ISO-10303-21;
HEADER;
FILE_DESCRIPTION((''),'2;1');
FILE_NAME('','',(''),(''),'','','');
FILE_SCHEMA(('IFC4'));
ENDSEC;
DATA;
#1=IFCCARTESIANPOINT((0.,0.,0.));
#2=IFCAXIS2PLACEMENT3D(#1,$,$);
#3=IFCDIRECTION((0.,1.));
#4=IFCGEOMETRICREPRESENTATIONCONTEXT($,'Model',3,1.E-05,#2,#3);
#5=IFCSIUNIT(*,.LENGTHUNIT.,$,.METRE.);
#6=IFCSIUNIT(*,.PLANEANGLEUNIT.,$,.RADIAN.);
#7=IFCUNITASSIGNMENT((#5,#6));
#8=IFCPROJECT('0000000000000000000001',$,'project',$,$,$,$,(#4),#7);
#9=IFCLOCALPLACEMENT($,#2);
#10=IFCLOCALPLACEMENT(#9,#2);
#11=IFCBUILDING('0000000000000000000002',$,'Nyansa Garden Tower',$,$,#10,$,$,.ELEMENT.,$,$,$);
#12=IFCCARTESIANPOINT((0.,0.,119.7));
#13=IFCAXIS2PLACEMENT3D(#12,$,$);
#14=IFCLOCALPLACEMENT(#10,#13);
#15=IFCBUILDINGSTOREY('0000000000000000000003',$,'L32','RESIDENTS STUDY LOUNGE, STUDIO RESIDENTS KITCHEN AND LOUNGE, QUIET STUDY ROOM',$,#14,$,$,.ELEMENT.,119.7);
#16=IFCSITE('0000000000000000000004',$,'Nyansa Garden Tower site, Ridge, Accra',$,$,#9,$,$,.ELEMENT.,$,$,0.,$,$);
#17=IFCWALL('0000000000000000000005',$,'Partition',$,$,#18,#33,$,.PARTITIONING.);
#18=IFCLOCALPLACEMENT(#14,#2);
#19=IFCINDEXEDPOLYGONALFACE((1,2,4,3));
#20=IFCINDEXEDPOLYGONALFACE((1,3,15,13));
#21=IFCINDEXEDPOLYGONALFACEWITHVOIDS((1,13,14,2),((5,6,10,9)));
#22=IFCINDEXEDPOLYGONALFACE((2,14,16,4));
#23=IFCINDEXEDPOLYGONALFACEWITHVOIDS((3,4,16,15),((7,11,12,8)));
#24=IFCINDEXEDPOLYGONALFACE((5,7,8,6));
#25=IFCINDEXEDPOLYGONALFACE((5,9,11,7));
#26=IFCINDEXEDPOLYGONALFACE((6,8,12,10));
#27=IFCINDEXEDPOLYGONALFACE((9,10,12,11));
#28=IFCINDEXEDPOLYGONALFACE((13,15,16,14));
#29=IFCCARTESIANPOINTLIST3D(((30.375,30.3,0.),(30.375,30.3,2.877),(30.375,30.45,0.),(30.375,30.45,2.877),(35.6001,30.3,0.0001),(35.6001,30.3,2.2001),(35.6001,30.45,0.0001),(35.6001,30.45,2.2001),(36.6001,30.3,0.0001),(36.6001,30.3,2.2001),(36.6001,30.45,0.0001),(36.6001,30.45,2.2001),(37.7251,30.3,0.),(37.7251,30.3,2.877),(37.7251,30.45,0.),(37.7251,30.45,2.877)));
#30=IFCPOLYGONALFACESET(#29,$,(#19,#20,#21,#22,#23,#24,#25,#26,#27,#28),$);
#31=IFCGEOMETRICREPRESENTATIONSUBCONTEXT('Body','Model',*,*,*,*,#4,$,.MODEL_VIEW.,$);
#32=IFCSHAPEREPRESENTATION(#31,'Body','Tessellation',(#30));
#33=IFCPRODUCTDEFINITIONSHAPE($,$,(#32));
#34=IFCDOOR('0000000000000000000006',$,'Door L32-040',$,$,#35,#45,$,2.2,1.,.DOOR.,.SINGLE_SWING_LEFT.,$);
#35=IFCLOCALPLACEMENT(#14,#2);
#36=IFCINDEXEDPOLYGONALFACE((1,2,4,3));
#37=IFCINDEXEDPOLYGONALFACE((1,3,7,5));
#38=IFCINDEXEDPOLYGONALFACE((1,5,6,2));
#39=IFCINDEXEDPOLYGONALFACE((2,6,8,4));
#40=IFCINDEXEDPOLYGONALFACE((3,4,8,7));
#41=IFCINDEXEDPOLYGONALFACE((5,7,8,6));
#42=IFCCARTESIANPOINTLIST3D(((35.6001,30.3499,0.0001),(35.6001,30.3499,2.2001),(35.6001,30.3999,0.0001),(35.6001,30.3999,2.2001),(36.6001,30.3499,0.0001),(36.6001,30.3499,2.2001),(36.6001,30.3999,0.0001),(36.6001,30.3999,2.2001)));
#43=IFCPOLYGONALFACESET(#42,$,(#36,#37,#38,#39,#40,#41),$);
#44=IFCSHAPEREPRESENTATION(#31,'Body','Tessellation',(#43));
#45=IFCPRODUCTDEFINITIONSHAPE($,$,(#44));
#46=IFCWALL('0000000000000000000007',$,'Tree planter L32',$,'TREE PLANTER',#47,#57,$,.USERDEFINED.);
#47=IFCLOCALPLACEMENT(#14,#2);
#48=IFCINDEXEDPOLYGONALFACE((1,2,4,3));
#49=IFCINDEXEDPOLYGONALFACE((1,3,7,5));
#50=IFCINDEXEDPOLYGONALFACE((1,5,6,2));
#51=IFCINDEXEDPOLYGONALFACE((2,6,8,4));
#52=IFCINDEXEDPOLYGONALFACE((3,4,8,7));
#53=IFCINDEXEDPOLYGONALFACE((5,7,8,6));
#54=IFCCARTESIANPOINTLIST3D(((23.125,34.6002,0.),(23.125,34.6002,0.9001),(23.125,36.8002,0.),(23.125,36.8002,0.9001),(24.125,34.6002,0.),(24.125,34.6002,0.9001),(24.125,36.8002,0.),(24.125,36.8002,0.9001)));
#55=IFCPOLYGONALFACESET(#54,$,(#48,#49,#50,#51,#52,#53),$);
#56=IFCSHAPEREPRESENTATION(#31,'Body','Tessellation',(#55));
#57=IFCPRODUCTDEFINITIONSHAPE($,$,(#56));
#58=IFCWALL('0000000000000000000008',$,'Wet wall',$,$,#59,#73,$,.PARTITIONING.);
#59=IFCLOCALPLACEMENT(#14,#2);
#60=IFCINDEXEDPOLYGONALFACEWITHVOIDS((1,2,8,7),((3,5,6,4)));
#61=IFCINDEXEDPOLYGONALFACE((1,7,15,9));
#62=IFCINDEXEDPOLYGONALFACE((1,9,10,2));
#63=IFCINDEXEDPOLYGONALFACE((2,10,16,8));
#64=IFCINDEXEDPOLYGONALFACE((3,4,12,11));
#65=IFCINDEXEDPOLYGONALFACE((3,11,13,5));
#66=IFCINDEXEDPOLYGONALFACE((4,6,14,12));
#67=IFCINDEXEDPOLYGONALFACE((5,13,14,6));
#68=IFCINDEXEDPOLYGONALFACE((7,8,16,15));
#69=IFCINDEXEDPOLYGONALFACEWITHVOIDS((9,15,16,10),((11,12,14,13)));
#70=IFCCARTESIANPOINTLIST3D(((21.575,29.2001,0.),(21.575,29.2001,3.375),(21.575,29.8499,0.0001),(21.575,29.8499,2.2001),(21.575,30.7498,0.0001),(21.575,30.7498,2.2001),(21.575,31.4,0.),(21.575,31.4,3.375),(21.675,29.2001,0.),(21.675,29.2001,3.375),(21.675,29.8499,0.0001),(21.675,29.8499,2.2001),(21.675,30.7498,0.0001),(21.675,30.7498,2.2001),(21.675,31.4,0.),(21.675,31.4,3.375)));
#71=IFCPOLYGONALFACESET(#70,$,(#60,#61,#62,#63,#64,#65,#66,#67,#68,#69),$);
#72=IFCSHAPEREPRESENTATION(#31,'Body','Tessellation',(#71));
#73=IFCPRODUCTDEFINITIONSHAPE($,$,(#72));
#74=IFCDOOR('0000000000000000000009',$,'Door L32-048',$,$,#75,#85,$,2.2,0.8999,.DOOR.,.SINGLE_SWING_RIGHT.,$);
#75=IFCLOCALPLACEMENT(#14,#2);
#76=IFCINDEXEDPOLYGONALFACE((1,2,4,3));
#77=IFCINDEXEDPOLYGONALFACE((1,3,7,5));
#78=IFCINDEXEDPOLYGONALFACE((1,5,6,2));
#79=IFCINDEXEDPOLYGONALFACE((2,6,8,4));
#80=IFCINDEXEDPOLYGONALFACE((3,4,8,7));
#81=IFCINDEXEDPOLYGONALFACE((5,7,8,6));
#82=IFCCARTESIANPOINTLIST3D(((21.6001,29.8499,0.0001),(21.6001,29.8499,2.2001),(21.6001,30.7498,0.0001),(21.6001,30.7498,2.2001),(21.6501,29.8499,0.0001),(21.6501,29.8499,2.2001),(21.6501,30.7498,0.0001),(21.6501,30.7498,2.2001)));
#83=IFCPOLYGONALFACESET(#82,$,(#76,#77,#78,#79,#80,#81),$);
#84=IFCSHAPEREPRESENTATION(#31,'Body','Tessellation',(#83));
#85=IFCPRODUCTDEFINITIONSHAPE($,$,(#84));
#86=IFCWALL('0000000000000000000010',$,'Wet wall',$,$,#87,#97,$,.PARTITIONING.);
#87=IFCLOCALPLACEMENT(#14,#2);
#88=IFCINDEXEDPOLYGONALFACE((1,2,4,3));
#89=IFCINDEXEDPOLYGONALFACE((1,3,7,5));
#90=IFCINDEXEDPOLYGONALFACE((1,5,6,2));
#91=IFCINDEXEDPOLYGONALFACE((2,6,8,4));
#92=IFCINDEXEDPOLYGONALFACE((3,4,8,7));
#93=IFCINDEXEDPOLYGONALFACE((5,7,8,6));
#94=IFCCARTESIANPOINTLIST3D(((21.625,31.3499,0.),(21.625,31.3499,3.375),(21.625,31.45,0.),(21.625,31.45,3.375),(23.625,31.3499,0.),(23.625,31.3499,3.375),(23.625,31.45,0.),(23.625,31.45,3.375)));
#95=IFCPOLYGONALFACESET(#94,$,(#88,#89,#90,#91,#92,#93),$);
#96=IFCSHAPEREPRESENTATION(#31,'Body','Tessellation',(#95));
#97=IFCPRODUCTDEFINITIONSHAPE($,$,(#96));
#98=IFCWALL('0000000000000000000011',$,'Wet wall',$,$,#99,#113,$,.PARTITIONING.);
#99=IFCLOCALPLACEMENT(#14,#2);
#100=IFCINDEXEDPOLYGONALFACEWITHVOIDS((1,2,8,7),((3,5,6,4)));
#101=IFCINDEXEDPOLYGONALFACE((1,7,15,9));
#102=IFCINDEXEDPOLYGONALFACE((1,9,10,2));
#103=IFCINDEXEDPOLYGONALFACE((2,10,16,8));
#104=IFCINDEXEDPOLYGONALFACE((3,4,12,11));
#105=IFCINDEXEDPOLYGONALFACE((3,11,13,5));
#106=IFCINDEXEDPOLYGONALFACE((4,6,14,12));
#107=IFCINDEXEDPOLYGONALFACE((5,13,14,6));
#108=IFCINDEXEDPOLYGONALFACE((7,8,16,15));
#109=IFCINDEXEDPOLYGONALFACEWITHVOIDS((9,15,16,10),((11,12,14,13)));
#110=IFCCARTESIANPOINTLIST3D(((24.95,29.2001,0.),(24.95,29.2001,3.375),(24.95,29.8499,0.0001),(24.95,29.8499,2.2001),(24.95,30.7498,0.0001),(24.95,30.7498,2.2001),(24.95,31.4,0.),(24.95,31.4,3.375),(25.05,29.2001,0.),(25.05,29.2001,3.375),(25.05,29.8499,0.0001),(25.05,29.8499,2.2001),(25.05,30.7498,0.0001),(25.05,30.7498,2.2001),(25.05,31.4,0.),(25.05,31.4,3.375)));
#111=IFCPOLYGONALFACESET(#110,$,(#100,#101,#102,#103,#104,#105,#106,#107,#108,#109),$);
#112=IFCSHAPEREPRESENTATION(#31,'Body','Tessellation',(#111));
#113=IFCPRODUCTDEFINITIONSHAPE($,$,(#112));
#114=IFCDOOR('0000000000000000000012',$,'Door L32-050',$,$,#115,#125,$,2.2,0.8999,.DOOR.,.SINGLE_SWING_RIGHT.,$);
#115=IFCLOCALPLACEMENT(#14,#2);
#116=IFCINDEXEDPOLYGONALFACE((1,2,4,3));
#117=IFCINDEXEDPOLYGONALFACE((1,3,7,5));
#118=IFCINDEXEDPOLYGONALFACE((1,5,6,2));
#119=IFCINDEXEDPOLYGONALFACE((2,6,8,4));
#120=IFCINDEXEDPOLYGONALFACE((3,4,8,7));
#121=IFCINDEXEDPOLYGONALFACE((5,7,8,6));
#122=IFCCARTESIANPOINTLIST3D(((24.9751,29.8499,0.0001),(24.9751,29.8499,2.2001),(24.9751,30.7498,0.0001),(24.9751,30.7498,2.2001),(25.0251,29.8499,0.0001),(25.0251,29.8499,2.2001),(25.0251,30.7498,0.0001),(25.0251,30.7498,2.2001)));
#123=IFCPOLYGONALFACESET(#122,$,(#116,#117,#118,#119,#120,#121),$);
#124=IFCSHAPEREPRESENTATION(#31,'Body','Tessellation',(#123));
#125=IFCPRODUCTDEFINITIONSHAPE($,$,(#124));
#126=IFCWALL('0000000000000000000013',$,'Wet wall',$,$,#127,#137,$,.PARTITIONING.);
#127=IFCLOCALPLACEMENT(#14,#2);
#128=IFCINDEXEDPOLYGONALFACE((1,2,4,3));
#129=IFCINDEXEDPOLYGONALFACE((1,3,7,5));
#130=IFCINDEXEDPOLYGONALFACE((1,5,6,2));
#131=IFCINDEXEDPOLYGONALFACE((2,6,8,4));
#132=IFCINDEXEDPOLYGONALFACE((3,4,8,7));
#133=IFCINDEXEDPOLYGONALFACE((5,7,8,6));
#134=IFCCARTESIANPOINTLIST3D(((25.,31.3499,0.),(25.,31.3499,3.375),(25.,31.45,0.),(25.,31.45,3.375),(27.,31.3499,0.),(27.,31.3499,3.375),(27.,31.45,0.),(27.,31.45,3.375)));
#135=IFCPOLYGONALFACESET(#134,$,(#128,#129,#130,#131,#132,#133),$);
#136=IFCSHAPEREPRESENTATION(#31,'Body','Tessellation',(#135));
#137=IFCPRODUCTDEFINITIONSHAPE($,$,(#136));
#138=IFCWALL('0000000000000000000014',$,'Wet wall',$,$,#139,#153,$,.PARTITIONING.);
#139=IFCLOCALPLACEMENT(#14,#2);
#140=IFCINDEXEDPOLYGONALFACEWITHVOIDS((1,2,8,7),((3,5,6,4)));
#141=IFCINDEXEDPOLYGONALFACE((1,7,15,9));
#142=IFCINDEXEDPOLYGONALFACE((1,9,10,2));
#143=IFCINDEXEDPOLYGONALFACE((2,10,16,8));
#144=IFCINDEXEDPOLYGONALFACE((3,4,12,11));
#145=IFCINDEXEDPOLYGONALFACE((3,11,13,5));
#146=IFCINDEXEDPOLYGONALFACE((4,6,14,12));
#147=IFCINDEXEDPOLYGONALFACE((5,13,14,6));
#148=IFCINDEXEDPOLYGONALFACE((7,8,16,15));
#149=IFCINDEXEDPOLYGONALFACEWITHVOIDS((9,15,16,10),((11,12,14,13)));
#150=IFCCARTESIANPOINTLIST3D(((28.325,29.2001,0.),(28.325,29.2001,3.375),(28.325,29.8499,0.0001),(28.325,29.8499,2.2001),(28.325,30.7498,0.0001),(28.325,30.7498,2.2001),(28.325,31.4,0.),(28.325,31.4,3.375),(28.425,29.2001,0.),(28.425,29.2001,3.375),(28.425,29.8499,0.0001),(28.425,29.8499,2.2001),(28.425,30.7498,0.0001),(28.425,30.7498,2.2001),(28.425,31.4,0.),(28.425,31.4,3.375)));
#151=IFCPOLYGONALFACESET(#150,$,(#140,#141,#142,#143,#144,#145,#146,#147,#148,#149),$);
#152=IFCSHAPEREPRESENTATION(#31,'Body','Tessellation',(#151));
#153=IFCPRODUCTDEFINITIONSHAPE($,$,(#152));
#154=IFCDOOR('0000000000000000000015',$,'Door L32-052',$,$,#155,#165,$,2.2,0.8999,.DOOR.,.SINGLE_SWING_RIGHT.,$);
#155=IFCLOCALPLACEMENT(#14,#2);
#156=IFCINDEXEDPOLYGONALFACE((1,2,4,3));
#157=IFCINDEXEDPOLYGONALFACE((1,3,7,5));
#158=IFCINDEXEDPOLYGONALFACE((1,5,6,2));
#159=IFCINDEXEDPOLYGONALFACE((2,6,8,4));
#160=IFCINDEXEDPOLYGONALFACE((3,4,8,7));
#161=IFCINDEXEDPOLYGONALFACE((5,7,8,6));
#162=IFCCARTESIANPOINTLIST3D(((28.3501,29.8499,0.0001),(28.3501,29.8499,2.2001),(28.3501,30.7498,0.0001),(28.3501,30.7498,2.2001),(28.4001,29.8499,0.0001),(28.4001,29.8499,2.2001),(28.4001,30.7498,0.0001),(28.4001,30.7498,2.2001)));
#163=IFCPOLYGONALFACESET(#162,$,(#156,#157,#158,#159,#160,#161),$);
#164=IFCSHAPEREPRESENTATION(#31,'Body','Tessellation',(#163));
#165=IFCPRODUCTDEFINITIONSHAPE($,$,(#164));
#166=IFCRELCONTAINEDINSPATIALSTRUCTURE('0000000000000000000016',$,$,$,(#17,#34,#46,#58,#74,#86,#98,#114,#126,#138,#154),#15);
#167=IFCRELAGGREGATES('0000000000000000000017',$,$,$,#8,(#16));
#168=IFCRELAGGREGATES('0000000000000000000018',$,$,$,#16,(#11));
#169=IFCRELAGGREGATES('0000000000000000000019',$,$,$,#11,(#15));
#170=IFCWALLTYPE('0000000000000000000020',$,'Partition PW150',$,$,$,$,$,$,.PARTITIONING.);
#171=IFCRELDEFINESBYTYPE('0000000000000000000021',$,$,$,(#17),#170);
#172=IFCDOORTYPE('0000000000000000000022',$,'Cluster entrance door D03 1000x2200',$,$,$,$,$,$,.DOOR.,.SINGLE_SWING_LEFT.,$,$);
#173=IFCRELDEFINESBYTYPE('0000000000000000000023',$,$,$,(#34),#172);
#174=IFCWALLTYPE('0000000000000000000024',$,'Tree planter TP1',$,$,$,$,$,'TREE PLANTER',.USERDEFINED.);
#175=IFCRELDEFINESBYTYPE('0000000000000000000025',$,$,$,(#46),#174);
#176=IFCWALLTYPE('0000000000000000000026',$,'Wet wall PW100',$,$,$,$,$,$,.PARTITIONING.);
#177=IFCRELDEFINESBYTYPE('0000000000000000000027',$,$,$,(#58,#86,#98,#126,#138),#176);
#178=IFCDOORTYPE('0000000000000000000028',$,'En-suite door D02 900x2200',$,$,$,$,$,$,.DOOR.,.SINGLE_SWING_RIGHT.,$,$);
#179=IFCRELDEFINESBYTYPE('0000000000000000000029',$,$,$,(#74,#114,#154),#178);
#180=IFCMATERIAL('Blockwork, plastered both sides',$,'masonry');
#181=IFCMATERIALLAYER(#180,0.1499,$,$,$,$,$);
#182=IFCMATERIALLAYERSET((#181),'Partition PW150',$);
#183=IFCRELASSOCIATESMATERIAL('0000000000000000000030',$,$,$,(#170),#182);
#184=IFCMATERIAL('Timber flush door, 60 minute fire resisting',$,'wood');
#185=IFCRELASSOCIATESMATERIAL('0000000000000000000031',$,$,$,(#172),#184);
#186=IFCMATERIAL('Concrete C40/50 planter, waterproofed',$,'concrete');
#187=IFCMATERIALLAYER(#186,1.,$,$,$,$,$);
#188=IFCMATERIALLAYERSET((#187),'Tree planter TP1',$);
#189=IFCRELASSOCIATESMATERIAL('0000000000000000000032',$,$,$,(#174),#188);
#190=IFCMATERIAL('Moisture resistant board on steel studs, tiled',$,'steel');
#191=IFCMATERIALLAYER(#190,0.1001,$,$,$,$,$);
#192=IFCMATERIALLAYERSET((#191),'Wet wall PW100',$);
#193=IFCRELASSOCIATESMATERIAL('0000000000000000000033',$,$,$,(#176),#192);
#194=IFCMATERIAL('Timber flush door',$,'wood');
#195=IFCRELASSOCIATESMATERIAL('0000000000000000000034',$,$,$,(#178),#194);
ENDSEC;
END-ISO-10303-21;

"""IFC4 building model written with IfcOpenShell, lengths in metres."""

from ifc_helpers import new_model, si_unit, direction, frame, frame_2d, origin, place, context, subcontext, project, spatial, rectangle, extrude, material, layer, layer_set, type_object, element, fill, save


model = new_model("IFC4")

# Units and contexts
model_context = context("Model", 3, precision=1e-05, world=origin(), true_north=direction((0.0, 1.0)))
body_context = subcontext(model_context, "Body", "Model", "MODEL_VIEW")
ifc_project = project(units=[si_unit("LENGTHUNIT", "METRE"), si_unit("PLANEANGLEUNIT", "RADIAN")], contexts=[model_context])

# Site, building, storey
site_placement = place(None, origin())
site = spatial("IfcSite", under=ifc_project, at=site_placement, Name="Nyansa Garden Tower site, Ridge, Accra", CompositionType="ELEMENT", RefElevation=0.0)
building_placement = place(site_placement, origin())
building = spatial("IfcBuilding", under=site, at=building_placement, Name="Nyansa Garden Tower", CompositionType="ELEMENT")
storey_placement = place(building_placement, frame((0.0, 0.0, 119.7)))
storey = spatial("IfcBuildingStorey", under=building, at=storey_placement, Name="L32", Description="RESIDENTS STUDY LOUNGE, STUDIO RESIDENTS KITCHEN AND LOUNGE, QUIET STUDY ROOM", CompositionType="ELEMENT", Elevation=119.7)

# Shared definitions
ifc_material_1 = material(Name="Blockwork, plastered both sides", Category="masonry")
ifc_layer_1 = layer(ifc_material_1, 0.1499)
ifc_layer_set_1 = layer_set([ifc_layer_1], Name="Partition PW150")
wall_type_1 = type_object("IfcWallType", Name="Partition PW150", PredefinedType="PARTITIONING", material=ifc_layer_set_1)

# Wall, opening, door
wall_1_placement = place(storey_placement, frame((30.375, 30.375, 0.0), z_axis=(0.0, 0.0, 1.0), x_axis=(1.0, 0.0, 0.0)))
wall_1 = element("IfcWall", 1, at=wall_1_placement, inside=storey, type_object=wall_type_1, Name="Partition", PredefinedType="PARTITIONING", context=body_context, shape_type="SweptSolid", body=[
    extrude(rectangle(XDim=7.3501, YDim=0.1499, at=frame_2d((3.675, 0.0))), origin(), (0.0, 0.0, 1.0), 2.877),
])
opening_1_placement = place(wall_1_placement, frame((5.2251, 0.0, 0.0)))
opening_1 = element("IfcOpeningElement", 2, at=opening_1_placement, cuts=wall_1, PredefinedType="OPENING", context=body_context, shape_type="SweptSolid", body=[
    extrude(rectangle(XDim=1.0, YDim=2.2, at=frame_2d((0.5, 1.1001))), frame((0.0, 0.085, 0.0), z_axis=(0.0, -1.0, 0.0), x_axis=(1.0, 0.0, 0.0)), (0.0, 0.0, 1.0), 0.1699),
])
ifc_material_2 = material(Name="Timber flush door, 60 minute fire resisting", Category="wood")
door_type_1 = type_object("IfcDoorType", Name="Cluster entrance door D03 1000x2200", OperationType="SINGLE_SWING_LEFT", PredefinedType="DOOR", material=ifc_material_2)
door_1_placement = place(opening_1_placement, origin())
door_1 = element("IfcDoor", 3, at=door_1_placement, inside=storey, type_object=door_type_1, Name="Door L32-040", OperationType="SINGLE_SWING_LEFT", OverallHeight=2.2, OverallWidth=1.0, PredefinedType="DOOR", context=body_context, shape_type="SweptSolid", body=[
    extrude(rectangle(XDim=1.0, YDim=2.2, at=frame_2d((0.5, 1.1001))), frame((0.0, 0.0249, 0.0), z_axis=(0.0, -1.0, 0.0), x_axis=(1.0, 0.0, 0.0)), (0.0, 0.0, 1.0), 0.05),
])
fill(opening_1, door_1)

# Wall
ifc_material_3 = material(Name="Concrete C40/50 planter, waterproofed", Category="concrete")
ifc_layer_2 = layer(ifc_material_3, 1.0)
ifc_layer_set_2 = layer_set([ifc_layer_2], Name="Tree planter TP1")
wall_type_2 = type_object("IfcWallType", Name="Tree planter TP1", ElementType="TREE PLANTER", PredefinedType="USERDEFINED", material=ifc_layer_set_2)
wall_2_placement = place(storey_placement, frame((23.625, 34.6001, 0.0), z_axis=(0.0, 0.0, 1.0), x_axis=(0.0, 1.0, 0.0)))
element("IfcWall", 4, at=wall_2_placement, inside=storey, type_object=wall_type_2, Name="Tree planter L32", ObjectType="TREE PLANTER", PredefinedType="USERDEFINED", context=body_context, shape_type="SweptSolid", body=[
    extrude(rectangle(XDim=2.2, YDim=1.0, at=frame_2d((1.1001, 0.0))), origin(), (0.0, 0.0, 1.0), 0.9001),
])

# Wall, opening, door
ifc_material_4 = material(Name="Moisture resistant board on steel studs, tiled", Category="steel")
ifc_layer_3 = layer(ifc_material_4, 0.1001)
ifc_layer_set_3 = layer_set([ifc_layer_3], Name="Wet wall PW100")
wall_type_3 = type_object("IfcWallType", Name="Wet wall PW100", PredefinedType="PARTITIONING", material=ifc_layer_set_3)
wall_3_placement = place(storey_placement, frame((21.625, 29.2, 0.0), z_axis=(0.0, 0.0, 1.0), x_axis=(0.0, 1.0, 0.0)))
wall_3 = element("IfcWall", 5, at=wall_3_placement, inside=storey, type_object=wall_type_3, Name="Wet wall", PredefinedType="PARTITIONING", context=body_context, shape_type="SweptSolid", body=[
    extrude(rectangle(XDim=2.2, YDim=0.1001, at=frame_2d((1.1001, 0.0))), origin(), (0.0, 0.0, 1.0), 3.375),
])
opening_2_placement = place(wall_3_placement, frame((0.6499, 0.0, 0.0)))
opening_2 = element("IfcOpeningElement", 6, at=opening_2_placement, cuts=wall_3, PredefinedType="OPENING", context=body_context, shape_type="SweptSolid", body=[
    extrude(rectangle(XDim=0.8999, YDim=2.2, at=frame_2d((0.45, 1.1001))), frame((0.0, 0.0601, 0.0), z_axis=(0.0, -1.0, 0.0), x_axis=(1.0, 0.0, 0.0)), (0.0, 0.0, 1.0), 0.1201),
])
ifc_material_5 = material(Name="Timber flush door", Category="wood")
door_type_2 = type_object("IfcDoorType", Name="En-suite door D02 900x2200", OperationType="SINGLE_SWING_RIGHT", PredefinedType="DOOR", material=ifc_material_5)
door_2_placement = place(opening_2_placement, origin())
door_2 = element("IfcDoor", 7, at=door_2_placement, inside=storey, type_object=door_type_2, Name="Door L32-048", OperationType="SINGLE_SWING_RIGHT", OverallHeight=2.2, OverallWidth=0.8999, PredefinedType="DOOR", context=body_context, shape_type="SweptSolid", body=[
    extrude(rectangle(XDim=0.8999, YDim=2.2, at=frame_2d((0.45, 1.1001))), frame((0.0, 0.0249, 0.0), z_axis=(0.0, -1.0, 0.0), x_axis=(1.0, 0.0, 0.0)), (0.0, 0.0, 1.0), 0.05),
])
fill(opening_2, door_2)

# Wall
wall_4_placement = place(storey_placement, frame((21.625, 31.3999, 0.0), z_axis=(0.0, 0.0, 1.0), x_axis=(1.0, 0.0, 0.0)))
element("IfcWall", 8, at=wall_4_placement, inside=storey, type_object=wall_type_3, Name="Wet wall", PredefinedType="PARTITIONING", context=body_context, shape_type="SweptSolid", body=[
    extrude(rectangle(XDim=2.0, YDim=0.1001, at=frame_2d((1.0, 0.0))), origin(), (0.0, 0.0, 1.0), 3.375),
])

# Wall, opening, door
wall_5_placement = place(storey_placement, frame((25.0, 29.2, 0.0), z_axis=(0.0, 0.0, 1.0), x_axis=(0.0, 1.0, 0.0)))
wall_5 = element("IfcWall", 9, at=wall_5_placement, inside=storey, type_object=wall_type_3, Name="Wet wall", PredefinedType="PARTITIONING", context=body_context, shape_type="SweptSolid", body=[
    extrude(rectangle(XDim=2.2, YDim=0.1001, at=frame_2d((1.1001, 0.0))), origin(), (0.0, 0.0, 1.0), 3.375),
])
opening_3_placement = place(wall_5_placement, frame((0.6499, 0.0, 0.0)))
opening_3 = element("IfcOpeningElement", 10, at=opening_3_placement, cuts=wall_5, PredefinedType="OPENING", context=body_context, shape_type="SweptSolid", body=[
    extrude(rectangle(XDim=0.8999, YDim=2.2, at=frame_2d((0.45, 1.1001))), frame((0.0, 0.0601, 0.0), z_axis=(0.0, -1.0, 0.0), x_axis=(1.0, 0.0, 0.0)), (0.0, 0.0, 1.0), 0.1201),
])
door_3_placement = place(opening_3_placement, origin())
door_3 = element("IfcDoor", 11, at=door_3_placement, inside=storey, type_object=door_type_2, Name="Door L32-050", OperationType="SINGLE_SWING_RIGHT", OverallHeight=2.2, OverallWidth=0.8999, PredefinedType="DOOR", context=body_context, shape_type="SweptSolid", body=[
    extrude(rectangle(XDim=0.8999, YDim=2.2, at=frame_2d((0.45, 1.1001))), frame((0.0, 0.0249, 0.0), z_axis=(0.0, -1.0, 0.0), x_axis=(1.0, 0.0, 0.0)), (0.0, 0.0, 1.0), 0.05),
])
fill(opening_3, door_3)

# Wall
wall_6_placement = place(storey_placement, frame((25.0, 31.3999, 0.0), z_axis=(0.0, 0.0, 1.0), x_axis=(1.0, 0.0, 0.0)))
element("IfcWall", 12, at=wall_6_placement, inside=storey, type_object=wall_type_3, Name="Wet wall", PredefinedType="PARTITIONING", context=body_context, shape_type="SweptSolid", body=[
    extrude(rectangle(XDim=2.0, YDim=0.1001, at=frame_2d((1.0, 0.0))), origin(), (0.0, 0.0, 1.0), 3.375),
])

# Wall, opening, door
wall_7_placement = place(storey_placement, frame((28.375, 29.2, 0.0), z_axis=(0.0, 0.0, 1.0), x_axis=(0.0, 1.0, 0.0)))
wall_7 = element("IfcWall", 13, at=wall_7_placement, inside=storey, type_object=wall_type_3, Name="Wet wall", PredefinedType="PARTITIONING", context=body_context, shape_type="SweptSolid", body=[
    extrude(rectangle(XDim=2.2, YDim=0.1001, at=frame_2d((1.1001, 0.0))), origin(), (0.0, 0.0, 1.0), 3.375),
])
opening_4_placement = place(wall_7_placement, frame((0.6499, 0.0, 0.0)))
opening_4 = element("IfcOpeningElement", 14, at=opening_4_placement, cuts=wall_7, PredefinedType="OPENING", context=body_context, shape_type="SweptSolid", body=[
    extrude(rectangle(XDim=0.8999, YDim=2.2, at=frame_2d((0.45, 1.1001))), frame((0.0, 0.0601, 0.0), z_axis=(0.0, -1.0, 0.0), x_axis=(1.0, 0.0, 0.0)), (0.0, 0.0, 1.0), 0.1201),
])
door_4_placement = place(opening_4_placement, origin())
door_4 = element("IfcDoor", 15, at=door_4_placement, inside=storey, type_object=door_type_2, Name="Door L32-052", OperationType="SINGLE_SWING_RIGHT", OverallHeight=2.2, OverallWidth=0.8999, PredefinedType="DOOR", context=body_context, shape_type="SweptSolid", body=[
    extrude(rectangle(XDim=0.8999, YDim=2.2, at=frame_2d((0.45, 1.1001))), frame((0.0, 0.0249, 0.0), z_axis=(0.0, -1.0, 0.0), x_axis=(1.0, 0.0, 0.0)), (0.0, 0.0, 1.0), 0.05),
])
fill(opening_4, door_4)

save(model, "model.ifc")
